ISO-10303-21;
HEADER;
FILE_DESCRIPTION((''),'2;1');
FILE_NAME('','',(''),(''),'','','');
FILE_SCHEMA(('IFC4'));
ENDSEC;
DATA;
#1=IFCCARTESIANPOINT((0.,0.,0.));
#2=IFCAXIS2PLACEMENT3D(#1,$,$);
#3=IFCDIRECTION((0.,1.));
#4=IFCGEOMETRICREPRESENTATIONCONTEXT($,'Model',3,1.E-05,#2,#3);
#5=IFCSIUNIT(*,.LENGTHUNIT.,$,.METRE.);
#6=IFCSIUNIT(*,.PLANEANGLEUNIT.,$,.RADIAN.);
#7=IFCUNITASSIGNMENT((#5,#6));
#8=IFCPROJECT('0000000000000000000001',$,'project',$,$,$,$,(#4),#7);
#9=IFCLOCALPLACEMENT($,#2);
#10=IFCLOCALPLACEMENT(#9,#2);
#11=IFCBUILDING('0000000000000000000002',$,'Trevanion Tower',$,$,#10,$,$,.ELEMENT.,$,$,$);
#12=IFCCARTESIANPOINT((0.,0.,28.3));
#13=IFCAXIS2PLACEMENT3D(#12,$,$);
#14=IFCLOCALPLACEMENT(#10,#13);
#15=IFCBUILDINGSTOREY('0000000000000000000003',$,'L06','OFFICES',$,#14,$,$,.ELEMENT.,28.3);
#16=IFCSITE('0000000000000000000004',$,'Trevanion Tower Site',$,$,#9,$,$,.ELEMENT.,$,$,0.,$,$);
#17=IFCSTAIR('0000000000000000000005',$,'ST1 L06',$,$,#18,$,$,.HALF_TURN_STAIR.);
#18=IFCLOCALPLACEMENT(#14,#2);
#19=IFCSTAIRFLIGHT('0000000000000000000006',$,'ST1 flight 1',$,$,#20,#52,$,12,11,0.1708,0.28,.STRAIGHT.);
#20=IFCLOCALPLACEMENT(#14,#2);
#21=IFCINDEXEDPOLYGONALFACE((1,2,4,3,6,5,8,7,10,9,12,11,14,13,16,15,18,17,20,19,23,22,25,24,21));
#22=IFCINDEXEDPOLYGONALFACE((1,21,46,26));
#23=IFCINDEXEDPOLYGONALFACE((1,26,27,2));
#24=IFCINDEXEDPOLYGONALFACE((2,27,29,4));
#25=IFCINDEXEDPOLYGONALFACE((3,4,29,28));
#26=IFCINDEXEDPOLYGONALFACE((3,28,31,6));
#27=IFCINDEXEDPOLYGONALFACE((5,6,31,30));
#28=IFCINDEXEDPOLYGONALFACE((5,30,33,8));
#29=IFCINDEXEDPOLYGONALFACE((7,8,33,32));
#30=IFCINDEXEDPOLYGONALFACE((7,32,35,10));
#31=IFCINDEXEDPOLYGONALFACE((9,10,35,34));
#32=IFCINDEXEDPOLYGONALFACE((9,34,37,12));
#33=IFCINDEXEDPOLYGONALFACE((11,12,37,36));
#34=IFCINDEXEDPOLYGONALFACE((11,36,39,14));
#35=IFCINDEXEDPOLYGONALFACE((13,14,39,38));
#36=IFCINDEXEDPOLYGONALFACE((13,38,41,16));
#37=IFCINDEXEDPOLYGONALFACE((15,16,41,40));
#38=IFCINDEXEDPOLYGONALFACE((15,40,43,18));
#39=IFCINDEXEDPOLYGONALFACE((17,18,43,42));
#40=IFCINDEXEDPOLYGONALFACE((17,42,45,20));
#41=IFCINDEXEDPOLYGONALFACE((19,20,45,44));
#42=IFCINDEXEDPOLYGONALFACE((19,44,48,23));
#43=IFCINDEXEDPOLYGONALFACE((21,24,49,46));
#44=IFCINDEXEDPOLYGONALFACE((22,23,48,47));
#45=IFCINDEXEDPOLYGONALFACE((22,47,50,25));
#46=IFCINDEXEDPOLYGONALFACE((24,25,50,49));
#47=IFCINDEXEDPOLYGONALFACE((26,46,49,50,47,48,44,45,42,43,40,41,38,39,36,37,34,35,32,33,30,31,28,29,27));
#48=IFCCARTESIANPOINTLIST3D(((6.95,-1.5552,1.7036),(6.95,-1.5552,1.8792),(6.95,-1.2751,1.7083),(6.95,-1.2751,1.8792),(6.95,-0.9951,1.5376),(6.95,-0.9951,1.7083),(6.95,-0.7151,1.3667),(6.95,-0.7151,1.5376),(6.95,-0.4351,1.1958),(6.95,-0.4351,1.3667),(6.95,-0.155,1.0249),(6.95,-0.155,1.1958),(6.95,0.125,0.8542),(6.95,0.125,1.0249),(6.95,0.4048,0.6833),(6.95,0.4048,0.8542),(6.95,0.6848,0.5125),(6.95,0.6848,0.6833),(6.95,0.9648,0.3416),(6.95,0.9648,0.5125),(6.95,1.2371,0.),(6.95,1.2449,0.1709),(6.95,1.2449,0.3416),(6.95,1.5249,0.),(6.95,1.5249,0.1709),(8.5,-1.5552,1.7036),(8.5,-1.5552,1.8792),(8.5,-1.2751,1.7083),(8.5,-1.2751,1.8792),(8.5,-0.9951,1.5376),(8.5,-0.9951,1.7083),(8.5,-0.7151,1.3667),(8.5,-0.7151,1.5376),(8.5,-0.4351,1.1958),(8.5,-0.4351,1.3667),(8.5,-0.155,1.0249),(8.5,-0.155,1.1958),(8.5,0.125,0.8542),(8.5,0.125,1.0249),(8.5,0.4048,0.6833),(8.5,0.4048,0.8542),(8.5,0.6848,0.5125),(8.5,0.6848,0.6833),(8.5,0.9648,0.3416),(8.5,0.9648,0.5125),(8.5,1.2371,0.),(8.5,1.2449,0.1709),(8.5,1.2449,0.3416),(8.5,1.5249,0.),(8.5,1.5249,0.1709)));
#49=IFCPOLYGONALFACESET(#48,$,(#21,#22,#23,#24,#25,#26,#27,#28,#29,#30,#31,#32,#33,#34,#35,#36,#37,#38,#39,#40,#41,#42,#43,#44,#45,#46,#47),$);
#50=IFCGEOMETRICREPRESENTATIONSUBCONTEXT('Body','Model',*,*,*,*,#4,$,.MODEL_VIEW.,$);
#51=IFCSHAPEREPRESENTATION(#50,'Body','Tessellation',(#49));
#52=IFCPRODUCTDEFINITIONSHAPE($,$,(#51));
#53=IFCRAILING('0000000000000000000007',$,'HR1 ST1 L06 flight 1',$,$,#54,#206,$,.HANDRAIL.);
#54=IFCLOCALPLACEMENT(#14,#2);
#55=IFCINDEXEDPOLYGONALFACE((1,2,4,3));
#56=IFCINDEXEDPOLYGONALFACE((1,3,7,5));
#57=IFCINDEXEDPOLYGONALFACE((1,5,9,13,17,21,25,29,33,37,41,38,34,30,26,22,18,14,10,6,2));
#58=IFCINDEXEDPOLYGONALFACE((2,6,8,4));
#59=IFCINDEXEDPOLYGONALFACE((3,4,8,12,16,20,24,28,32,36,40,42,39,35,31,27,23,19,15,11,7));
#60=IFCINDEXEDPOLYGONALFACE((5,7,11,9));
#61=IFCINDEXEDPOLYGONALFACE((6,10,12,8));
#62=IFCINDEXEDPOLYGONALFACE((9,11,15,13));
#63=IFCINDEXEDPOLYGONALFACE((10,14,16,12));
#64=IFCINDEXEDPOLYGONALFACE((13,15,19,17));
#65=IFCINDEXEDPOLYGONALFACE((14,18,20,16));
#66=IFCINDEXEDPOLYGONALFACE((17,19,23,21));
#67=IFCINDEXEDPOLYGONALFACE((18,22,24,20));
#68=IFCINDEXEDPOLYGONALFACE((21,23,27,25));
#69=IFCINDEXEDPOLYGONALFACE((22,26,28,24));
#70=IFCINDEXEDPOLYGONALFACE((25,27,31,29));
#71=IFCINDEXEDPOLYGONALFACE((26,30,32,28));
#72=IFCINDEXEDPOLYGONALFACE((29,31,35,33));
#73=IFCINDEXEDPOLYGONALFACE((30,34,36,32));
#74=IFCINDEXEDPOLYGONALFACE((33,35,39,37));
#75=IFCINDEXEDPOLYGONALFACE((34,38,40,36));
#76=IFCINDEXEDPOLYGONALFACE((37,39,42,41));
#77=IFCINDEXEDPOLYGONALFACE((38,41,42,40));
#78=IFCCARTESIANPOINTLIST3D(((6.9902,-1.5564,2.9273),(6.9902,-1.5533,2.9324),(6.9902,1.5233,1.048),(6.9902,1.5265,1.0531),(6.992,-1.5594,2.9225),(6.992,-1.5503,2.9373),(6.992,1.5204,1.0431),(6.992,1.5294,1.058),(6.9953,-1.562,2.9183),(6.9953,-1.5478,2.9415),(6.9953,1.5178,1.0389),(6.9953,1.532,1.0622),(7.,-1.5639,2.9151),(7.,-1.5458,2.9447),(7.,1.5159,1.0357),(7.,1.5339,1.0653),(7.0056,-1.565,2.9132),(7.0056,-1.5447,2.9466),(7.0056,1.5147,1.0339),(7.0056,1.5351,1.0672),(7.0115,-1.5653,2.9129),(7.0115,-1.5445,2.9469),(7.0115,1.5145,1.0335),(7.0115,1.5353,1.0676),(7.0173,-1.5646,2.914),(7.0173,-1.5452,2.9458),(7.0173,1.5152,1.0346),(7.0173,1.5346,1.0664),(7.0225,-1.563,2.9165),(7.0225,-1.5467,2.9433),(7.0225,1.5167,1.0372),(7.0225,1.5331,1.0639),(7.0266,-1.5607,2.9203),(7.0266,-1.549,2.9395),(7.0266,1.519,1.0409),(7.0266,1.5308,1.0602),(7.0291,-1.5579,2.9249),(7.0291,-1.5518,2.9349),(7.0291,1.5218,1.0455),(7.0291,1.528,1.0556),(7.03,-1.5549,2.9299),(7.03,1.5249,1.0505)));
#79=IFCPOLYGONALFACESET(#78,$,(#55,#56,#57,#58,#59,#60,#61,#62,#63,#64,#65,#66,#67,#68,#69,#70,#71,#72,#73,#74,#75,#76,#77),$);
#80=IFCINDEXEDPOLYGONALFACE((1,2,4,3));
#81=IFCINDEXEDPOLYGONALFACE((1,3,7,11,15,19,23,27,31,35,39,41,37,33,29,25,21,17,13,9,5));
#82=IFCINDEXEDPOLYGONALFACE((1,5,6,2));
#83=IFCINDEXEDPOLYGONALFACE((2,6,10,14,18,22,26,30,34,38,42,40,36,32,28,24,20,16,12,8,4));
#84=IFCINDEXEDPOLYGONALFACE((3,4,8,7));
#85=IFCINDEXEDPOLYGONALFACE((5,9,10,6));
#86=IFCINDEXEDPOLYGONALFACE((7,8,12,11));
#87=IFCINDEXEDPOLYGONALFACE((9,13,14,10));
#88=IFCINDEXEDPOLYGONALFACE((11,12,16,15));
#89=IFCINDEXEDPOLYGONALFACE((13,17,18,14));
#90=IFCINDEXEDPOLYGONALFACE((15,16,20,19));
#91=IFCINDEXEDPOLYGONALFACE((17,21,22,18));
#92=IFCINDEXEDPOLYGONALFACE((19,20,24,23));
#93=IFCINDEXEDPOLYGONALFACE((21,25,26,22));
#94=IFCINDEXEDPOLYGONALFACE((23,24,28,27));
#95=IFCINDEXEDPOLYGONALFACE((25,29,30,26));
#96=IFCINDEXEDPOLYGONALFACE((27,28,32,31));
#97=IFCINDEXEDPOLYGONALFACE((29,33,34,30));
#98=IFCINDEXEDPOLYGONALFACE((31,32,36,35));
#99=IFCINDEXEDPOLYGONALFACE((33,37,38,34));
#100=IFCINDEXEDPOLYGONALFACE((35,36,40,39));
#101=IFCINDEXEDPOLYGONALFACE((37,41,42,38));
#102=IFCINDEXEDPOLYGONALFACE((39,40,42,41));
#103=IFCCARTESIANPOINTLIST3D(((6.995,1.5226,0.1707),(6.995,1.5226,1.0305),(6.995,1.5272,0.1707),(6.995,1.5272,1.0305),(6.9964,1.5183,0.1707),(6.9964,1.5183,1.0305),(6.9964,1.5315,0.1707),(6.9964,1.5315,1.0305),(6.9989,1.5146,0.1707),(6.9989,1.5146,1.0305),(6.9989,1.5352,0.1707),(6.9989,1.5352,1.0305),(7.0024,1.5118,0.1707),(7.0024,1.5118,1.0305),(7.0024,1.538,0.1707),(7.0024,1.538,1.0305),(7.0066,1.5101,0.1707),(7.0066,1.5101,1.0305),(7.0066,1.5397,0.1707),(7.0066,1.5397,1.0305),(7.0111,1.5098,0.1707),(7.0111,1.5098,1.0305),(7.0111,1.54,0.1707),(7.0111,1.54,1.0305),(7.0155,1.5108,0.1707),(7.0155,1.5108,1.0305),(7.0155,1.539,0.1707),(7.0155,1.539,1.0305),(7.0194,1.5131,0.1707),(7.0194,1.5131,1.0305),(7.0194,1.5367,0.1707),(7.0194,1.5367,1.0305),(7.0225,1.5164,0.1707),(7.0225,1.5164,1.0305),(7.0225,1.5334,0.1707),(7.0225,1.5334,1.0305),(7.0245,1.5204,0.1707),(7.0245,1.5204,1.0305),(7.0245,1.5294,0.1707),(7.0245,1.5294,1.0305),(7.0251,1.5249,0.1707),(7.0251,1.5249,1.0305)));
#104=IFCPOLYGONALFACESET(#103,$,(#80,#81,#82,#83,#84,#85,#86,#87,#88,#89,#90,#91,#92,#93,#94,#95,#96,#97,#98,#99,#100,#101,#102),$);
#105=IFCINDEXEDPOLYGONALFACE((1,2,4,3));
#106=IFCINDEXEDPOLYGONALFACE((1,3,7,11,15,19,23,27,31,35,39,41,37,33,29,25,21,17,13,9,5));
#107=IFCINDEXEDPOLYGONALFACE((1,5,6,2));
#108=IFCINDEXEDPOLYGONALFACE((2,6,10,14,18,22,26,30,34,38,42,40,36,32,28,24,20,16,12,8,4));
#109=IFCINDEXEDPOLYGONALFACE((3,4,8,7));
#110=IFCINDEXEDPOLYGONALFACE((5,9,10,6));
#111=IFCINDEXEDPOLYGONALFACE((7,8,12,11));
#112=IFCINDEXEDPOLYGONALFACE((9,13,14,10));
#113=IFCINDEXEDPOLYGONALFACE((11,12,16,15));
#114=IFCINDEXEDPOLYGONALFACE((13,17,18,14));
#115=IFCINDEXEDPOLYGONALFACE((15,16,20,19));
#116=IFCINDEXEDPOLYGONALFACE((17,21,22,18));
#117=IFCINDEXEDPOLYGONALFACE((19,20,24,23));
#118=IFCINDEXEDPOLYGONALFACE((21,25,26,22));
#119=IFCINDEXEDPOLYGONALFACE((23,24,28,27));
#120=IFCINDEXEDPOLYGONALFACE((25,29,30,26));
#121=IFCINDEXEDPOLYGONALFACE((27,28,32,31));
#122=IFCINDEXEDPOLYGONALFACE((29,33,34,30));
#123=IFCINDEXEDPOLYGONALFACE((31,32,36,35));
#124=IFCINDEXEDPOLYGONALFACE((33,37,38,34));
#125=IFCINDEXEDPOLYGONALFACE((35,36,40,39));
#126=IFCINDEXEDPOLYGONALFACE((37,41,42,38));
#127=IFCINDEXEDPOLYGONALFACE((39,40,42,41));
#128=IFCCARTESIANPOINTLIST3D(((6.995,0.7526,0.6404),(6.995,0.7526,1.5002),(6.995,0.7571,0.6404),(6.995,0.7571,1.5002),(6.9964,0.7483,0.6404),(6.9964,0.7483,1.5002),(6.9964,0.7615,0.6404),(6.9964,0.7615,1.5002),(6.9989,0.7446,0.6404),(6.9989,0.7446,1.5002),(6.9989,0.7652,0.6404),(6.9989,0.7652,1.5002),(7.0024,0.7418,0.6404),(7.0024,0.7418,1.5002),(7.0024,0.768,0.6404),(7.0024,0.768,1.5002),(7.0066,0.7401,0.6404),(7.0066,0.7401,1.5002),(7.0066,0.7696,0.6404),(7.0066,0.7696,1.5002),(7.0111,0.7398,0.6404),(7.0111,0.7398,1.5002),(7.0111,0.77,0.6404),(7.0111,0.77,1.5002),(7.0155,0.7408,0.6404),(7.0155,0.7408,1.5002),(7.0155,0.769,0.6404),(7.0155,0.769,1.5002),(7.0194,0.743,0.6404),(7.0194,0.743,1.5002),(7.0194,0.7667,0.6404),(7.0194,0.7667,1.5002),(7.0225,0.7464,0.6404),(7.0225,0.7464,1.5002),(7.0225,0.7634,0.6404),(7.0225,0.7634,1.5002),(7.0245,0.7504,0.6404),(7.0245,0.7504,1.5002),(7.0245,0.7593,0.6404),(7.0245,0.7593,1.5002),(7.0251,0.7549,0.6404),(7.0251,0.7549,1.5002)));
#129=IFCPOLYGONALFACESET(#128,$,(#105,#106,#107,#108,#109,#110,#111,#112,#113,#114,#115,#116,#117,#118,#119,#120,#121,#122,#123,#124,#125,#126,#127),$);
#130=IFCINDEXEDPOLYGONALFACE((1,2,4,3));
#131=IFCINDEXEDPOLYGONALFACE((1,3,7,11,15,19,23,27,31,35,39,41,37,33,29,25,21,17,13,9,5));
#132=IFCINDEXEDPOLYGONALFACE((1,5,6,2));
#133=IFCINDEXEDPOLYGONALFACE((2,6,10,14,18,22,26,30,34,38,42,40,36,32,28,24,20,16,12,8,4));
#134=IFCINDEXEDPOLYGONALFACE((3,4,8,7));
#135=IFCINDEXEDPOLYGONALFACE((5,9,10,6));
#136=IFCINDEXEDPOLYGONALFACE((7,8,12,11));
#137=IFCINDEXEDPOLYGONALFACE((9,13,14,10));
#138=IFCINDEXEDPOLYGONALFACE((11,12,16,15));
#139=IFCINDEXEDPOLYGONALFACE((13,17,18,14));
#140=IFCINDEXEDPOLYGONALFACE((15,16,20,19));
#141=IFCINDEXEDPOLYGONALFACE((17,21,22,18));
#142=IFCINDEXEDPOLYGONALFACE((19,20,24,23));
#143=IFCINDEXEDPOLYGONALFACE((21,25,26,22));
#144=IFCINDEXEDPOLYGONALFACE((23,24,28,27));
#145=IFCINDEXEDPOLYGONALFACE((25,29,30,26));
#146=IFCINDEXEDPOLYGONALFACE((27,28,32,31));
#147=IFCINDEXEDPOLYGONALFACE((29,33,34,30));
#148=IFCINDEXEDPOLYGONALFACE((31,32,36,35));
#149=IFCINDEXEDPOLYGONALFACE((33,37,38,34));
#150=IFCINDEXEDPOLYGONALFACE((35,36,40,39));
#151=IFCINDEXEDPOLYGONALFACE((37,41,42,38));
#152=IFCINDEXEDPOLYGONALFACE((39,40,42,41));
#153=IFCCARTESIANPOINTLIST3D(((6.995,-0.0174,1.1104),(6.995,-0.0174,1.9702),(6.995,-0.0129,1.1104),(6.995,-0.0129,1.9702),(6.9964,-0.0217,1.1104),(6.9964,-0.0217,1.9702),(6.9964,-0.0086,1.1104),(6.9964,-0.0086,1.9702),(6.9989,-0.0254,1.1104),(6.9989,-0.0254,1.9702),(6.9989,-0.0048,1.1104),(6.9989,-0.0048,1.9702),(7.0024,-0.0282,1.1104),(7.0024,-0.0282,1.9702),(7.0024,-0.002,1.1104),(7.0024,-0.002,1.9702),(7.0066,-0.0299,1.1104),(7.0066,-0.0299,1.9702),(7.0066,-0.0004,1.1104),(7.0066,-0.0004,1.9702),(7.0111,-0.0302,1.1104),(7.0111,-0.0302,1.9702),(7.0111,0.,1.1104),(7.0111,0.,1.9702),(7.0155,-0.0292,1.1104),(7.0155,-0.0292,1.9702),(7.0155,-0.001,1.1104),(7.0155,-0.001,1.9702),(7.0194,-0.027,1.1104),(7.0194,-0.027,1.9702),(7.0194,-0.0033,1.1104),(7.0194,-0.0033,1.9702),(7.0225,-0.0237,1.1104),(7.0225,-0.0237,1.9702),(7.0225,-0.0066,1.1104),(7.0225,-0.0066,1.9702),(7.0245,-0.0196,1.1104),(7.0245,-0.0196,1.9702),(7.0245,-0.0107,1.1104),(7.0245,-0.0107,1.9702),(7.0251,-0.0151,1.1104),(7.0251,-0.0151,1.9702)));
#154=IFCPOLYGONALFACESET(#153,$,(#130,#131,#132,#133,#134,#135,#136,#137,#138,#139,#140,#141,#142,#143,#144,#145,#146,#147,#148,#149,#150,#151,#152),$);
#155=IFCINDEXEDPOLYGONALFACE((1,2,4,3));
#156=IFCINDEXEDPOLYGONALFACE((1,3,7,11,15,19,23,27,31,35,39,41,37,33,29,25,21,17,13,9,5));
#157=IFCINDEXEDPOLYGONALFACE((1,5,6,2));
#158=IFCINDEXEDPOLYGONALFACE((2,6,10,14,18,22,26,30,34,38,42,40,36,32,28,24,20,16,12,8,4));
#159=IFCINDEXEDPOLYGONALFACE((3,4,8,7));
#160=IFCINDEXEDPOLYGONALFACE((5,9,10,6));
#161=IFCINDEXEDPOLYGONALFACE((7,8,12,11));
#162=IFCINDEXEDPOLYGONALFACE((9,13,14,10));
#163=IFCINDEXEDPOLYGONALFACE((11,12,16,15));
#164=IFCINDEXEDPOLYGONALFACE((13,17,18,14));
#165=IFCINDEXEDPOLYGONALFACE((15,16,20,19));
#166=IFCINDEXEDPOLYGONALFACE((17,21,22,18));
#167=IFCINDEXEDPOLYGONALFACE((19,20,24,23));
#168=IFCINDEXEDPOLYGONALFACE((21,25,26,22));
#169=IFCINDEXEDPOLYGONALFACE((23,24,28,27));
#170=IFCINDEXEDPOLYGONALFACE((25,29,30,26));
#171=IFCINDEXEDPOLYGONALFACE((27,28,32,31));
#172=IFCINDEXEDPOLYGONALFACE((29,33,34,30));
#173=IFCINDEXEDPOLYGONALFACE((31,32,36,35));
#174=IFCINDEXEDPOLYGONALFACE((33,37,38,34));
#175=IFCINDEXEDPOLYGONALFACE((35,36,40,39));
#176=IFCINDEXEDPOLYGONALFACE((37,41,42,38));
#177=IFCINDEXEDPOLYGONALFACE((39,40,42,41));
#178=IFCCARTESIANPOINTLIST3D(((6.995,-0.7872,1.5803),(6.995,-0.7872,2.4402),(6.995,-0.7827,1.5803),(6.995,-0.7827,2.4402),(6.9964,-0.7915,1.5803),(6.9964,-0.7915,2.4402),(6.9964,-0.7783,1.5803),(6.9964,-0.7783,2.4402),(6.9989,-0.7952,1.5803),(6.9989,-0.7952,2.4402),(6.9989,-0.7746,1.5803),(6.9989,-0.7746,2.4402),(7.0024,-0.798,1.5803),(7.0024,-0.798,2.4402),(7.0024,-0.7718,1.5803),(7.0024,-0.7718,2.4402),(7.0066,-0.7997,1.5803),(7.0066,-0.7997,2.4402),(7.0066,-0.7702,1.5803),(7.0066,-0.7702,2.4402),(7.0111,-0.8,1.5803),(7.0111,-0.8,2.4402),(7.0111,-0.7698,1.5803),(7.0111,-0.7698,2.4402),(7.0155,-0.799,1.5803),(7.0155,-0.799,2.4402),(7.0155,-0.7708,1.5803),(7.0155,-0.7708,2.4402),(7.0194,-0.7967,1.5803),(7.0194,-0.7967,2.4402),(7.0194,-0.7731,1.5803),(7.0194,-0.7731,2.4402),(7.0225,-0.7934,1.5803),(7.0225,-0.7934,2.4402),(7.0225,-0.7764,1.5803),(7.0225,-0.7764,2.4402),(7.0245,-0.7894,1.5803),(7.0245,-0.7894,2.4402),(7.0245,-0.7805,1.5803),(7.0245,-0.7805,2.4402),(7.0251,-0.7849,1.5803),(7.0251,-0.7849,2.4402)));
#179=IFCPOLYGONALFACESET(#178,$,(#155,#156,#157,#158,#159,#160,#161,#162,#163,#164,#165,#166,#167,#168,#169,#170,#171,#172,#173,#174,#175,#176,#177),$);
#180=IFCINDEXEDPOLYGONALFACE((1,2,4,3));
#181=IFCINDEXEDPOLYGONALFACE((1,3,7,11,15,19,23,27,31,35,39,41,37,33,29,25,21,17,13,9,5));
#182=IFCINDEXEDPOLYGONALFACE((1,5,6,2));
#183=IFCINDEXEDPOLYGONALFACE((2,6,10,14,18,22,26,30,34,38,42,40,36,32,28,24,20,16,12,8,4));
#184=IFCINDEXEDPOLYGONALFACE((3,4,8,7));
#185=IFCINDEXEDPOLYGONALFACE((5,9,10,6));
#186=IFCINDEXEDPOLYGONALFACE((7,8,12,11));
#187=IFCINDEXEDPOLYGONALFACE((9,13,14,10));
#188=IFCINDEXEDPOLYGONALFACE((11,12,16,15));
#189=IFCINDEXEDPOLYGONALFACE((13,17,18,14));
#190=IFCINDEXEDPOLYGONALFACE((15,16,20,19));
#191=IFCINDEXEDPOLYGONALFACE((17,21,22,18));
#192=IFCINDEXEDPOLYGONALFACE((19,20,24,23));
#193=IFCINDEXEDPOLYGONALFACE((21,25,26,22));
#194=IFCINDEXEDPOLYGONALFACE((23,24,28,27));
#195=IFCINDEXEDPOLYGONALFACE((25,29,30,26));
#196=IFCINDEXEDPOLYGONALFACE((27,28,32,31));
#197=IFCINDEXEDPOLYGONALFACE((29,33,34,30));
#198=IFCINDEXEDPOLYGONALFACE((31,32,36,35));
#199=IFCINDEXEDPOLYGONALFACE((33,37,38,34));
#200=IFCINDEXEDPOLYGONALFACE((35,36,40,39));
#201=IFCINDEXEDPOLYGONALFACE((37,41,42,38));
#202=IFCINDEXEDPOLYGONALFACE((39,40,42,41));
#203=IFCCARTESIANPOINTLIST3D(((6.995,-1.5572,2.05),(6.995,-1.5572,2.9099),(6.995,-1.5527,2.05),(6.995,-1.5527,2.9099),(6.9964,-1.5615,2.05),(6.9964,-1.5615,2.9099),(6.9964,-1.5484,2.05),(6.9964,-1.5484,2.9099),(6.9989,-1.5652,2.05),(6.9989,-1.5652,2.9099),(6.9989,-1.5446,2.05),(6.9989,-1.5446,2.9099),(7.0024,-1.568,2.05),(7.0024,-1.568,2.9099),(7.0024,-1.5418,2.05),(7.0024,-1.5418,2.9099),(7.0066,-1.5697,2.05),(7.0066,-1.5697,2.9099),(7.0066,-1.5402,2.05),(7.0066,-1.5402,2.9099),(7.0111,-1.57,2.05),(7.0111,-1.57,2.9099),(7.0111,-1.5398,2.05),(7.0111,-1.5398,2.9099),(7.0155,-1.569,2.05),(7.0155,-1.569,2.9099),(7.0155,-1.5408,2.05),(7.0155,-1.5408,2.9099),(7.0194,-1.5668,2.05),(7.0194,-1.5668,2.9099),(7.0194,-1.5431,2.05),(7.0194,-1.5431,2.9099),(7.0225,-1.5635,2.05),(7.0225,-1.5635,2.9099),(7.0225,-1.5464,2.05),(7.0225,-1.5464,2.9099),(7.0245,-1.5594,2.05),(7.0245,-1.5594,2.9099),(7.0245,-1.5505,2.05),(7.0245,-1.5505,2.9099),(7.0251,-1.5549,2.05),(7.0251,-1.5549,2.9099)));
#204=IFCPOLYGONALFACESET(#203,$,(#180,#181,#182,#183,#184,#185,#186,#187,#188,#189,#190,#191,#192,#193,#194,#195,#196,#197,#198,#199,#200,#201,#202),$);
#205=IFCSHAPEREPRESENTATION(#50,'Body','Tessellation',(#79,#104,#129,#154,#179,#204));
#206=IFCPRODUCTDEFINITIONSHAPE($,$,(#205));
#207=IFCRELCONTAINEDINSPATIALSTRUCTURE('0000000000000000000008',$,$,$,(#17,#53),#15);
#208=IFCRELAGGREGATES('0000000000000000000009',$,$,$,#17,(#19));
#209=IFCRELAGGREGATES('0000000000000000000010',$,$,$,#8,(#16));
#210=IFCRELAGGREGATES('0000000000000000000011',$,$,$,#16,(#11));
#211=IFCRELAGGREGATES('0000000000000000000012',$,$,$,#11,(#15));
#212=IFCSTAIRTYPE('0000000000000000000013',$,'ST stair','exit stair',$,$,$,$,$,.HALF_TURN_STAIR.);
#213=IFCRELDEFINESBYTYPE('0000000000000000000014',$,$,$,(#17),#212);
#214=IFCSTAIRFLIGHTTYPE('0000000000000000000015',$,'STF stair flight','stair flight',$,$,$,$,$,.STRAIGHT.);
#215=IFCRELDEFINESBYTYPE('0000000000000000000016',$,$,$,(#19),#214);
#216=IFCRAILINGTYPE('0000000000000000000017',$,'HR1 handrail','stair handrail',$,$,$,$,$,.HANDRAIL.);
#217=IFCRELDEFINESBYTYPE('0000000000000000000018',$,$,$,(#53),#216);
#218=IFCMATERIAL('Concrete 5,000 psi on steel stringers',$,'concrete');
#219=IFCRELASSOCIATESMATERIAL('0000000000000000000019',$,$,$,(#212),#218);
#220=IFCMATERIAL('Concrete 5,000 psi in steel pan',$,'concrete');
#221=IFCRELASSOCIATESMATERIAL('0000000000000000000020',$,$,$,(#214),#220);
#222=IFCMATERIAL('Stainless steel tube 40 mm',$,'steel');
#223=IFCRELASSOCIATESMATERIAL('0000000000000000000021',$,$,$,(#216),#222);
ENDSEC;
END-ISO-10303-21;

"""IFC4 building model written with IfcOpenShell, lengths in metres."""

from ifc_helpers import new_model, si_unit, direction, frame, origin, origin_2d, place, context, subcontext, project, spatial, polyline, circle, outline, extrude, material, type_object, element, aggregate, save


model = new_model("IFC4")

# Units and contexts
model_context = context("Model", 3, precision=1e-05, world=origin(), true_north=direction((0.0, 1.0)))
body_context = subcontext(model_context, "Body", "Model", "MODEL_VIEW")
ifc_project = project(units=[si_unit("LENGTHUNIT", "METRE"), si_unit("PLANEANGLEUNIT", "RADIAN")], contexts=[model_context])

# Site, building, storey
site_placement = place(None, origin())
site = spatial("IfcSite", under=ifc_project, at=site_placement, Name="Trevanion Tower Site", CompositionType="ELEMENT", RefElevation=0.0)
building_placement = place(site_placement, origin())
building = spatial("IfcBuilding", under=site, at=building_placement, Name="Trevanion Tower", CompositionType="ELEMENT")
storey_placement = place(building_placement, frame((0.0, 0.0, 28.3)))
storey = spatial("IfcBuildingStorey", under=building, at=storey_placement, Name="L06", Description="OFFICES", CompositionType="ELEMENT", Elevation=28.3)

# Stair, stair flight
ifc_material_1 = material(Name="Concrete 5,000 psi on steel stringers", Category="concrete")
stair_type = type_object("IfcStairType", Name="ST stair", Description="exit stair", PredefinedType="HALF_TURN_STAIR", material=ifc_material_1)
stair_placement = place(storey_placement, origin())
stair = element("IfcStair", 1, at=stair_placement, inside=storey, type_object=stair_type, Name="ST1 L06", PredefinedType="HALF_TURN_STAIR")
ifc_material_2 = material(Name="Concrete 5,000 psi in steel pan", Category="concrete")
stair_flight_type = type_object("IfcStairFlightType", Name="STF stair flight", Description="stair flight", PredefinedType="STRAIGHT", material=ifc_material_2)
stair_flight_placement = place(storey_placement, frame((7.7251, 1.5249, 0.0), z_axis=(0.0, 0.0, 1.0), x_axis=(0.0, -1.0, 0.0)))
stair_flight = element("IfcStairFlight", 2, at=stair_flight_placement, type_object=stair_flight_type, Name="ST1 flight 1", NumberOfRisers=12, NumberOfTreads=11, PredefinedType="STRAIGHT", RiserHeight=0.1708, TreadLength=0.28, context=body_context, shape_type="SweptSolid", body=[
    extrude(outline(polyline([(0.0, 0.0), (0.0, 0.1709), (0.28, 0.1709), (0.28, 0.3416), (0.5601, 0.3416), (0.5601, 0.5125), (0.8401, 0.5125), (0.8401, 0.6833), (1.1201, 0.6833), (1.1201, 0.8542), (1.3999, 0.8542), (1.3999, 1.0249), (1.6799, 1.0249), (1.6799, 1.1958), (1.96, 1.1958), (1.96, 1.3667), (2.24, 1.3667), (2.24, 1.5376), (2.52, 1.5376), (2.52, 1.7083), (2.8, 1.7083), (2.8, 1.8792), (3.0801, 1.8792), (3.0801, 2.05), (3.0801, 1.7036), (0.2878, 0.0), (0.0, 0.0)])), frame((0.0, 0.7749, 0.0), z_axis=(0.0, -1.0, 0.0), x_axis=(1.0, 0.0, 0.0)), (0.0, 0.0, 1.0), 1.55),
])
aggregate(stair, [stair_flight])

# Railing
ifc_material_3 = material(Name="Stainless steel tube 40 mm", Category="steel")
railing_type = type_object("IfcRailingType", Name="HR1 handrail", Description="stair handrail", PredefinedType="HANDRAIL", material=ifc_material_3)
for number, where, name in (
    (3, (7.01, 1.5249, 0.1707), "HR1 ST1 L06 flight 1"),
):
    element("IfcRailing", number, at=place(storey_placement, frame(where)), inside=storey, type_object=railing_type, Name=name, PredefinedType="HANDRAIL", context=body_context, shape_type="SweptSolid", body=[
        extrude(circle(Radius=0.02, at=origin_2d()), frame((0.0, 0.0, 0.8799), z_axis=(0.0, -0.853618, 0.5209), x_axis=(1.0, 0.0, 0.0)), (0.0, 0.0, 1.0), 3.6079),
        extrude(circle(Radius=0.0151, at=origin_2d()), origin(), (0.0, 0.0, 1.0), 0.8599),
        extrude(circle(Radius=0.0151, at=origin_2d()), frame((0.0, -0.77, 0.4697)), (0.0, 0.0, 1.0), 0.8599),
        extrude(circle(Radius=0.0151, at=origin_2d()), frame((0.0, -1.54, 0.9397)), (0.0, 0.0, 1.0), 0.8599),
        extrude(circle(Radius=0.0151, at=origin_2d()), frame((0.0, -2.3098, 1.4097)), (0.0, 0.0, 1.0), 0.8599),
        extrude(circle(Radius=0.0151, at=origin_2d()), frame((0.0, -3.0798, 1.8794)), (0.0, 0.0, 1.0), 0.8599),
    ])

save(model, "model.ifc")
